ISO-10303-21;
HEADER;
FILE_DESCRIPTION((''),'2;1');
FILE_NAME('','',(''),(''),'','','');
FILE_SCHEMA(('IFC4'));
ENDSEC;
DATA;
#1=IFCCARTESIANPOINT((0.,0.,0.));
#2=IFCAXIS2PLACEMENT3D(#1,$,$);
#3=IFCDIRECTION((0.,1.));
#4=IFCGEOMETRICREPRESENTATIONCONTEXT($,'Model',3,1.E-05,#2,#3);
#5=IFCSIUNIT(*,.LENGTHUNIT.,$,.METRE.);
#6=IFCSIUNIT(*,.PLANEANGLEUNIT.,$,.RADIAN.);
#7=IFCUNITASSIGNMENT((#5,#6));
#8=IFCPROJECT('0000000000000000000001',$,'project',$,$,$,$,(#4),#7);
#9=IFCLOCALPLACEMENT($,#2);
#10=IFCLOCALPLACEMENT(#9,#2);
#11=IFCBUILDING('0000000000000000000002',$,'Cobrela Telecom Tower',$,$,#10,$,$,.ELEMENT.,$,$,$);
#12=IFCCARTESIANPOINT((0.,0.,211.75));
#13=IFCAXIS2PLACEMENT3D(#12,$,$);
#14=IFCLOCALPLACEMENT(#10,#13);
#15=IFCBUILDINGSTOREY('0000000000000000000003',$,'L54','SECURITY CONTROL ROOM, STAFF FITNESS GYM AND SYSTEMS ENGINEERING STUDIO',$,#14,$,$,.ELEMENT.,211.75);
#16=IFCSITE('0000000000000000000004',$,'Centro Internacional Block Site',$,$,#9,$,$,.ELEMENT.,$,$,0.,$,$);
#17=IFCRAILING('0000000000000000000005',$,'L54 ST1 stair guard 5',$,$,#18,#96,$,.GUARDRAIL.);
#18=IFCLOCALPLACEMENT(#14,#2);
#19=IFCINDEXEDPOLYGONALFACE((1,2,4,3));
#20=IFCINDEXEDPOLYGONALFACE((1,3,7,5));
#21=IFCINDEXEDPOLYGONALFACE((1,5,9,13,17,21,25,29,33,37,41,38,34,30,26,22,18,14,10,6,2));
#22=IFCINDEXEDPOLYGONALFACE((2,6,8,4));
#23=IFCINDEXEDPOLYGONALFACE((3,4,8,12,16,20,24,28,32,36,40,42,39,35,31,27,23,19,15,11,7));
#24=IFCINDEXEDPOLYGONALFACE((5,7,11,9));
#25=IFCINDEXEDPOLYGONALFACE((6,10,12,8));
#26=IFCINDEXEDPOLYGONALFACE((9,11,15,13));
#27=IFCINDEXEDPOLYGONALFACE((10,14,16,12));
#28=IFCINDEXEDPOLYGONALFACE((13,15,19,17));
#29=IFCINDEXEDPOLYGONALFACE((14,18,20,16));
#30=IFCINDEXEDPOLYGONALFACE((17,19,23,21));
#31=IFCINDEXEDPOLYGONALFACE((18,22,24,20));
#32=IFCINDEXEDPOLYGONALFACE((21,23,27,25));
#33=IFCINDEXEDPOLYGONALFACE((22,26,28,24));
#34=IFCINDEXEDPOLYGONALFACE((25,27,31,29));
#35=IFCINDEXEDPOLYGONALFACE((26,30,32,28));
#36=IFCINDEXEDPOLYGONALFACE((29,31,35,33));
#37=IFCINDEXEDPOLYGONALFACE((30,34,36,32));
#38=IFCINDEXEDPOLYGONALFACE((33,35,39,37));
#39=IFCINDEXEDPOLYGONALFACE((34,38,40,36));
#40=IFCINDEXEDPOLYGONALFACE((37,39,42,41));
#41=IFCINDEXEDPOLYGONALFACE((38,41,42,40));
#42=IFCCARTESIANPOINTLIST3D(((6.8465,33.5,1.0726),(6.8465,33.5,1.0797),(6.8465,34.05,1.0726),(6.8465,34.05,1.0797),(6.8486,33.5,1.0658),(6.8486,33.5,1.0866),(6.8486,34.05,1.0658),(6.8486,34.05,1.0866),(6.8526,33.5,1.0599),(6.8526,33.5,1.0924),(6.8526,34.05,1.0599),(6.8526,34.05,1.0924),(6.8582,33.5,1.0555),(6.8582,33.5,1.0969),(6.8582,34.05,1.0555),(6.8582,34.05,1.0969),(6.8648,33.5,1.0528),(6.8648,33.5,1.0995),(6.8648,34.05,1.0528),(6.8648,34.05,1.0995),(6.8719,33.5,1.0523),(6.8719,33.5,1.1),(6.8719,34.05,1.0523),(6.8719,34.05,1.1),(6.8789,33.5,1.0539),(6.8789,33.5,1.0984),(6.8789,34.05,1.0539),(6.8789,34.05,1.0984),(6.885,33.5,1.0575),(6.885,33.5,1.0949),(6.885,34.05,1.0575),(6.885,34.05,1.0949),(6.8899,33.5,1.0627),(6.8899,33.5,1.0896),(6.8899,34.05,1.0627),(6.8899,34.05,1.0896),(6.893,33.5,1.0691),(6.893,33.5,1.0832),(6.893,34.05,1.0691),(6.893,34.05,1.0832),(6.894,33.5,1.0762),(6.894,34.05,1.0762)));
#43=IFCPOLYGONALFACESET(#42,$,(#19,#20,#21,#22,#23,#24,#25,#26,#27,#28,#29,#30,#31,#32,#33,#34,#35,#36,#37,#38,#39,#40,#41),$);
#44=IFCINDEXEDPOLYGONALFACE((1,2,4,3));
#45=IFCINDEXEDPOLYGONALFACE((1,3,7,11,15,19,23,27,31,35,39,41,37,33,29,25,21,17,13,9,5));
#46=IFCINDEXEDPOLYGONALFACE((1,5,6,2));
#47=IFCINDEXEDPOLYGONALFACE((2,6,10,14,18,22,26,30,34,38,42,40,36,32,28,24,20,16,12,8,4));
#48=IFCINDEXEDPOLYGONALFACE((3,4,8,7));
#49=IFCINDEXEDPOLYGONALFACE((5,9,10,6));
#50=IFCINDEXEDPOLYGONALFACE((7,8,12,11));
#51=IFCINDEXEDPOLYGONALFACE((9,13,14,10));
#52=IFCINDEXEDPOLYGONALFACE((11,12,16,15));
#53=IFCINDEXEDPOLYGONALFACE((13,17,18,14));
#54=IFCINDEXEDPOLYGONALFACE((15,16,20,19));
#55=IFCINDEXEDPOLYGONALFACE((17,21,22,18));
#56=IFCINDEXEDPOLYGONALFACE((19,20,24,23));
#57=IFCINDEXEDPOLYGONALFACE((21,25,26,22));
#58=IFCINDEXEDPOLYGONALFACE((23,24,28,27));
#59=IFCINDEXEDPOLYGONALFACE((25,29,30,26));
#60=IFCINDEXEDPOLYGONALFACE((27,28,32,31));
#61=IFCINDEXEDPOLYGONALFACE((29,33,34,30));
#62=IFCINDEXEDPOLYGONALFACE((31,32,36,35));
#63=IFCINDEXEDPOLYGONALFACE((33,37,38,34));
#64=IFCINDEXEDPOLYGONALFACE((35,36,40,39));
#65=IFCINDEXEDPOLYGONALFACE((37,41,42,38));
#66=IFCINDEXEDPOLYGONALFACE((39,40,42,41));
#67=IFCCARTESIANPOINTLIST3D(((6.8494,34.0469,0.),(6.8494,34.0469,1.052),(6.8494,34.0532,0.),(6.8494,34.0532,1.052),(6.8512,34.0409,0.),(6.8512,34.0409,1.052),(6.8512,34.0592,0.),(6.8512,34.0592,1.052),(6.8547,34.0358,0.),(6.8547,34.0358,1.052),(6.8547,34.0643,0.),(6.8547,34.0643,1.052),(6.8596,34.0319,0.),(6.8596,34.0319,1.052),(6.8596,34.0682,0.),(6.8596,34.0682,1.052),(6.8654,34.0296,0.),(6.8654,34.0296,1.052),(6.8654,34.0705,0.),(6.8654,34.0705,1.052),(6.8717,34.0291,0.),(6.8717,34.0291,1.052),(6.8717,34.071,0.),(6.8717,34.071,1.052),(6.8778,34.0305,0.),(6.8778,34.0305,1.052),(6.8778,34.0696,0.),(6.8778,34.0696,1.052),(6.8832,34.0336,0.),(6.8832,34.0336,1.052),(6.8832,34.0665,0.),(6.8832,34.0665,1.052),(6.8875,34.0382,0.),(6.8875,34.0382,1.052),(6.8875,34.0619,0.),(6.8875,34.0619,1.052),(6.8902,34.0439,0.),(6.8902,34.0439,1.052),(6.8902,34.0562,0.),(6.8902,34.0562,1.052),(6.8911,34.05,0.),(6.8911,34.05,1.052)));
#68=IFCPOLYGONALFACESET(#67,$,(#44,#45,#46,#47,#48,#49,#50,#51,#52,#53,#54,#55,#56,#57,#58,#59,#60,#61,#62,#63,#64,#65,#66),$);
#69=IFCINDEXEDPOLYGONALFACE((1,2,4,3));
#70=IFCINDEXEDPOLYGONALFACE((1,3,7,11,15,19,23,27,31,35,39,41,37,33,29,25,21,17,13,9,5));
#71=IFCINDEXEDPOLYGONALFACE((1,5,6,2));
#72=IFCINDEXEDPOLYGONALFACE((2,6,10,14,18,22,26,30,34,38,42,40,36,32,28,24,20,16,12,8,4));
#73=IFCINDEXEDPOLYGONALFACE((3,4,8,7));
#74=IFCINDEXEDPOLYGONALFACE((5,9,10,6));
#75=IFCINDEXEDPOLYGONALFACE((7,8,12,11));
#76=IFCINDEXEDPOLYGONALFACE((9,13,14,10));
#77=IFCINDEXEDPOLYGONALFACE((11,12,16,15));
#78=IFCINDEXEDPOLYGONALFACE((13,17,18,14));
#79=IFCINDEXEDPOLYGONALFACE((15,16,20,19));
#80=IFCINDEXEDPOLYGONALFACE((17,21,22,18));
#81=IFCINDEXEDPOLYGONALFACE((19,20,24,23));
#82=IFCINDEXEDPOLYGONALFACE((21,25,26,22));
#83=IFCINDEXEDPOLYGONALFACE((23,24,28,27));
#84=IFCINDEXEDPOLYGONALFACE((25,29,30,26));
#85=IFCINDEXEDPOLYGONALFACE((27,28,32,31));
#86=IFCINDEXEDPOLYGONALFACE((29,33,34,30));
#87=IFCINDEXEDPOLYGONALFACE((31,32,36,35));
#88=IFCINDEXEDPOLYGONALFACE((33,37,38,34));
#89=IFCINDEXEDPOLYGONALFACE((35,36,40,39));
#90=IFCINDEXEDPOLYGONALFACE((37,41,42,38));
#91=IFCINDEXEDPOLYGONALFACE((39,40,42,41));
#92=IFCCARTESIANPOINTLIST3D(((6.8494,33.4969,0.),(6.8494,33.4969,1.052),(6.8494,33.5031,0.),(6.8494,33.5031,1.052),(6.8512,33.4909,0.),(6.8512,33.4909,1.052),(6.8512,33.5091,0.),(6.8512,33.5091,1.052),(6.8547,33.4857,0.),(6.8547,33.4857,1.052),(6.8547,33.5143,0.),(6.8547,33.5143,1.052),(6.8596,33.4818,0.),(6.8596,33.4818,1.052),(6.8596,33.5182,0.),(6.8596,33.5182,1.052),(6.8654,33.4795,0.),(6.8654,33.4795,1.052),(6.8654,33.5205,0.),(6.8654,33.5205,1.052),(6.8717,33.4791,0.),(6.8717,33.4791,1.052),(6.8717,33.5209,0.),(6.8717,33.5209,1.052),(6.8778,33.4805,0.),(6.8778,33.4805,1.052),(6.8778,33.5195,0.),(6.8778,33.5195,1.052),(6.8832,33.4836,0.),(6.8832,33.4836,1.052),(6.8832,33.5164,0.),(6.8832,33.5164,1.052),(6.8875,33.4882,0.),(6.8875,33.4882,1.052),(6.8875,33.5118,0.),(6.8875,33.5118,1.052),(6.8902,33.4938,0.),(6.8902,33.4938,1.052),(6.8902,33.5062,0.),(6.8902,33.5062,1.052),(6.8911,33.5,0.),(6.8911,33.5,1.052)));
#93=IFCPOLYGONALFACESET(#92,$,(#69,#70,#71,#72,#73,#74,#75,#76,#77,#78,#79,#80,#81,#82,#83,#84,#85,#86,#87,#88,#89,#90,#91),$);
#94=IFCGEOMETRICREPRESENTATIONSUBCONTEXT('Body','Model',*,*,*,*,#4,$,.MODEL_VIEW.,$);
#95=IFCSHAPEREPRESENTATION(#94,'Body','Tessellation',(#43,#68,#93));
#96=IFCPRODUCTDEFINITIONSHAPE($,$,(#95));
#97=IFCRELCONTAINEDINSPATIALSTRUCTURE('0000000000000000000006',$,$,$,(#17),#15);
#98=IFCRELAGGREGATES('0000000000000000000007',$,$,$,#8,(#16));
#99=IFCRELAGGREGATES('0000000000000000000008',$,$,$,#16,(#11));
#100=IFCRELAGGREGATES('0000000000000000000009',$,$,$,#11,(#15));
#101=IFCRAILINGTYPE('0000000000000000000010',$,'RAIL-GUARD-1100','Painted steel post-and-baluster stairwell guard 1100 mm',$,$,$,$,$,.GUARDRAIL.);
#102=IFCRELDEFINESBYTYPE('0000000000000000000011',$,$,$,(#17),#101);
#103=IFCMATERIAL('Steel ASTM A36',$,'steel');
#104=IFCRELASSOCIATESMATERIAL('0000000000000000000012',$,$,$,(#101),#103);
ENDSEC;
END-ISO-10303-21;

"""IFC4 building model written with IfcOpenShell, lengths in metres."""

from ifc_helpers import new_model, si_unit, direction, frame, origin, origin_2d, place, context, subcontext, project, spatial, circle, extrude, material, type_object, element, save


model = new_model("IFC4")

# Units and contexts
model_context = context("Model", 3, precision=1e-05, world=origin(), true_north=direction((0.0, 1.0)))
body_context = subcontext(model_context, "Body", "Model", "MODEL_VIEW")
ifc_project = project(units=[si_unit("LENGTHUNIT", "METRE"), si_unit("PLANEANGLEUNIT", "RADIAN")], contexts=[model_context])

# Site, building, storey
site_placement = place(None, origin())
site = spatial("IfcSite", under=ifc_project, at=site_placement, Name="Centro Internacional Block Site", CompositionType="ELEMENT", RefElevation=0.0)
building_placement = place(site_placement, origin())
building = spatial("IfcBuilding", under=site, at=building_placement, Name="Cobrela Telecom Tower", CompositionType="ELEMENT")
storey_placement = place(building_placement, frame((0.0, 0.0, 211.75)))
storey = spatial("IfcBuildingStorey", under=building, at=storey_placement, Name="L54", Description="SECURITY CONTROL ROOM, STAFF FITNESS GYM AND SYSTEMS ENGINEERING STUDIO", CompositionType="ELEMENT", Elevation=211.75)

# Shared definitions
ifc_material_1 = material(Name="Steel ASTM A36", Category="steel")

# Railing
railing_type_1 = type_object("IfcRailingType", Name="RAIL-GUARD-1100", Description="Painted steel post-and-baluster stairwell guard 1100 mm", PredefinedType="GUARDRAIL", material=ifc_material_1)
railing_1_placement = place(storey_placement, frame((6.8701, 34.05, 0.0)))
element("IfcRailing", 1, at=railing_1_placement, inside=storey, type_object=railing_type_1, Name="L54 ST1 stair guard 5", PredefinedType="GUARDRAIL", context=body_context, shape_type="SweptSolid", body=[
    extrude(circle(Radius=0.0239, at=origin_2d()), frame((0.0, 0.0, 1.0762), z_axis=(0.0, -1.0, 0.0), x_axis=(1.0, 0.0, 0.0)), (0.0, 0.0, 1.0), 0.55),
    extrude(circle(Radius=0.021, at=origin_2d()), origin(), (0.0, 0.0, 1.0), 1.052),
    extrude(circle(Radius=0.021, at=origin_2d()), frame((0.0, -0.55, 0.0)), (0.0, 0.0, 1.0), 1.052),
])

save(model, "model.ifc")
